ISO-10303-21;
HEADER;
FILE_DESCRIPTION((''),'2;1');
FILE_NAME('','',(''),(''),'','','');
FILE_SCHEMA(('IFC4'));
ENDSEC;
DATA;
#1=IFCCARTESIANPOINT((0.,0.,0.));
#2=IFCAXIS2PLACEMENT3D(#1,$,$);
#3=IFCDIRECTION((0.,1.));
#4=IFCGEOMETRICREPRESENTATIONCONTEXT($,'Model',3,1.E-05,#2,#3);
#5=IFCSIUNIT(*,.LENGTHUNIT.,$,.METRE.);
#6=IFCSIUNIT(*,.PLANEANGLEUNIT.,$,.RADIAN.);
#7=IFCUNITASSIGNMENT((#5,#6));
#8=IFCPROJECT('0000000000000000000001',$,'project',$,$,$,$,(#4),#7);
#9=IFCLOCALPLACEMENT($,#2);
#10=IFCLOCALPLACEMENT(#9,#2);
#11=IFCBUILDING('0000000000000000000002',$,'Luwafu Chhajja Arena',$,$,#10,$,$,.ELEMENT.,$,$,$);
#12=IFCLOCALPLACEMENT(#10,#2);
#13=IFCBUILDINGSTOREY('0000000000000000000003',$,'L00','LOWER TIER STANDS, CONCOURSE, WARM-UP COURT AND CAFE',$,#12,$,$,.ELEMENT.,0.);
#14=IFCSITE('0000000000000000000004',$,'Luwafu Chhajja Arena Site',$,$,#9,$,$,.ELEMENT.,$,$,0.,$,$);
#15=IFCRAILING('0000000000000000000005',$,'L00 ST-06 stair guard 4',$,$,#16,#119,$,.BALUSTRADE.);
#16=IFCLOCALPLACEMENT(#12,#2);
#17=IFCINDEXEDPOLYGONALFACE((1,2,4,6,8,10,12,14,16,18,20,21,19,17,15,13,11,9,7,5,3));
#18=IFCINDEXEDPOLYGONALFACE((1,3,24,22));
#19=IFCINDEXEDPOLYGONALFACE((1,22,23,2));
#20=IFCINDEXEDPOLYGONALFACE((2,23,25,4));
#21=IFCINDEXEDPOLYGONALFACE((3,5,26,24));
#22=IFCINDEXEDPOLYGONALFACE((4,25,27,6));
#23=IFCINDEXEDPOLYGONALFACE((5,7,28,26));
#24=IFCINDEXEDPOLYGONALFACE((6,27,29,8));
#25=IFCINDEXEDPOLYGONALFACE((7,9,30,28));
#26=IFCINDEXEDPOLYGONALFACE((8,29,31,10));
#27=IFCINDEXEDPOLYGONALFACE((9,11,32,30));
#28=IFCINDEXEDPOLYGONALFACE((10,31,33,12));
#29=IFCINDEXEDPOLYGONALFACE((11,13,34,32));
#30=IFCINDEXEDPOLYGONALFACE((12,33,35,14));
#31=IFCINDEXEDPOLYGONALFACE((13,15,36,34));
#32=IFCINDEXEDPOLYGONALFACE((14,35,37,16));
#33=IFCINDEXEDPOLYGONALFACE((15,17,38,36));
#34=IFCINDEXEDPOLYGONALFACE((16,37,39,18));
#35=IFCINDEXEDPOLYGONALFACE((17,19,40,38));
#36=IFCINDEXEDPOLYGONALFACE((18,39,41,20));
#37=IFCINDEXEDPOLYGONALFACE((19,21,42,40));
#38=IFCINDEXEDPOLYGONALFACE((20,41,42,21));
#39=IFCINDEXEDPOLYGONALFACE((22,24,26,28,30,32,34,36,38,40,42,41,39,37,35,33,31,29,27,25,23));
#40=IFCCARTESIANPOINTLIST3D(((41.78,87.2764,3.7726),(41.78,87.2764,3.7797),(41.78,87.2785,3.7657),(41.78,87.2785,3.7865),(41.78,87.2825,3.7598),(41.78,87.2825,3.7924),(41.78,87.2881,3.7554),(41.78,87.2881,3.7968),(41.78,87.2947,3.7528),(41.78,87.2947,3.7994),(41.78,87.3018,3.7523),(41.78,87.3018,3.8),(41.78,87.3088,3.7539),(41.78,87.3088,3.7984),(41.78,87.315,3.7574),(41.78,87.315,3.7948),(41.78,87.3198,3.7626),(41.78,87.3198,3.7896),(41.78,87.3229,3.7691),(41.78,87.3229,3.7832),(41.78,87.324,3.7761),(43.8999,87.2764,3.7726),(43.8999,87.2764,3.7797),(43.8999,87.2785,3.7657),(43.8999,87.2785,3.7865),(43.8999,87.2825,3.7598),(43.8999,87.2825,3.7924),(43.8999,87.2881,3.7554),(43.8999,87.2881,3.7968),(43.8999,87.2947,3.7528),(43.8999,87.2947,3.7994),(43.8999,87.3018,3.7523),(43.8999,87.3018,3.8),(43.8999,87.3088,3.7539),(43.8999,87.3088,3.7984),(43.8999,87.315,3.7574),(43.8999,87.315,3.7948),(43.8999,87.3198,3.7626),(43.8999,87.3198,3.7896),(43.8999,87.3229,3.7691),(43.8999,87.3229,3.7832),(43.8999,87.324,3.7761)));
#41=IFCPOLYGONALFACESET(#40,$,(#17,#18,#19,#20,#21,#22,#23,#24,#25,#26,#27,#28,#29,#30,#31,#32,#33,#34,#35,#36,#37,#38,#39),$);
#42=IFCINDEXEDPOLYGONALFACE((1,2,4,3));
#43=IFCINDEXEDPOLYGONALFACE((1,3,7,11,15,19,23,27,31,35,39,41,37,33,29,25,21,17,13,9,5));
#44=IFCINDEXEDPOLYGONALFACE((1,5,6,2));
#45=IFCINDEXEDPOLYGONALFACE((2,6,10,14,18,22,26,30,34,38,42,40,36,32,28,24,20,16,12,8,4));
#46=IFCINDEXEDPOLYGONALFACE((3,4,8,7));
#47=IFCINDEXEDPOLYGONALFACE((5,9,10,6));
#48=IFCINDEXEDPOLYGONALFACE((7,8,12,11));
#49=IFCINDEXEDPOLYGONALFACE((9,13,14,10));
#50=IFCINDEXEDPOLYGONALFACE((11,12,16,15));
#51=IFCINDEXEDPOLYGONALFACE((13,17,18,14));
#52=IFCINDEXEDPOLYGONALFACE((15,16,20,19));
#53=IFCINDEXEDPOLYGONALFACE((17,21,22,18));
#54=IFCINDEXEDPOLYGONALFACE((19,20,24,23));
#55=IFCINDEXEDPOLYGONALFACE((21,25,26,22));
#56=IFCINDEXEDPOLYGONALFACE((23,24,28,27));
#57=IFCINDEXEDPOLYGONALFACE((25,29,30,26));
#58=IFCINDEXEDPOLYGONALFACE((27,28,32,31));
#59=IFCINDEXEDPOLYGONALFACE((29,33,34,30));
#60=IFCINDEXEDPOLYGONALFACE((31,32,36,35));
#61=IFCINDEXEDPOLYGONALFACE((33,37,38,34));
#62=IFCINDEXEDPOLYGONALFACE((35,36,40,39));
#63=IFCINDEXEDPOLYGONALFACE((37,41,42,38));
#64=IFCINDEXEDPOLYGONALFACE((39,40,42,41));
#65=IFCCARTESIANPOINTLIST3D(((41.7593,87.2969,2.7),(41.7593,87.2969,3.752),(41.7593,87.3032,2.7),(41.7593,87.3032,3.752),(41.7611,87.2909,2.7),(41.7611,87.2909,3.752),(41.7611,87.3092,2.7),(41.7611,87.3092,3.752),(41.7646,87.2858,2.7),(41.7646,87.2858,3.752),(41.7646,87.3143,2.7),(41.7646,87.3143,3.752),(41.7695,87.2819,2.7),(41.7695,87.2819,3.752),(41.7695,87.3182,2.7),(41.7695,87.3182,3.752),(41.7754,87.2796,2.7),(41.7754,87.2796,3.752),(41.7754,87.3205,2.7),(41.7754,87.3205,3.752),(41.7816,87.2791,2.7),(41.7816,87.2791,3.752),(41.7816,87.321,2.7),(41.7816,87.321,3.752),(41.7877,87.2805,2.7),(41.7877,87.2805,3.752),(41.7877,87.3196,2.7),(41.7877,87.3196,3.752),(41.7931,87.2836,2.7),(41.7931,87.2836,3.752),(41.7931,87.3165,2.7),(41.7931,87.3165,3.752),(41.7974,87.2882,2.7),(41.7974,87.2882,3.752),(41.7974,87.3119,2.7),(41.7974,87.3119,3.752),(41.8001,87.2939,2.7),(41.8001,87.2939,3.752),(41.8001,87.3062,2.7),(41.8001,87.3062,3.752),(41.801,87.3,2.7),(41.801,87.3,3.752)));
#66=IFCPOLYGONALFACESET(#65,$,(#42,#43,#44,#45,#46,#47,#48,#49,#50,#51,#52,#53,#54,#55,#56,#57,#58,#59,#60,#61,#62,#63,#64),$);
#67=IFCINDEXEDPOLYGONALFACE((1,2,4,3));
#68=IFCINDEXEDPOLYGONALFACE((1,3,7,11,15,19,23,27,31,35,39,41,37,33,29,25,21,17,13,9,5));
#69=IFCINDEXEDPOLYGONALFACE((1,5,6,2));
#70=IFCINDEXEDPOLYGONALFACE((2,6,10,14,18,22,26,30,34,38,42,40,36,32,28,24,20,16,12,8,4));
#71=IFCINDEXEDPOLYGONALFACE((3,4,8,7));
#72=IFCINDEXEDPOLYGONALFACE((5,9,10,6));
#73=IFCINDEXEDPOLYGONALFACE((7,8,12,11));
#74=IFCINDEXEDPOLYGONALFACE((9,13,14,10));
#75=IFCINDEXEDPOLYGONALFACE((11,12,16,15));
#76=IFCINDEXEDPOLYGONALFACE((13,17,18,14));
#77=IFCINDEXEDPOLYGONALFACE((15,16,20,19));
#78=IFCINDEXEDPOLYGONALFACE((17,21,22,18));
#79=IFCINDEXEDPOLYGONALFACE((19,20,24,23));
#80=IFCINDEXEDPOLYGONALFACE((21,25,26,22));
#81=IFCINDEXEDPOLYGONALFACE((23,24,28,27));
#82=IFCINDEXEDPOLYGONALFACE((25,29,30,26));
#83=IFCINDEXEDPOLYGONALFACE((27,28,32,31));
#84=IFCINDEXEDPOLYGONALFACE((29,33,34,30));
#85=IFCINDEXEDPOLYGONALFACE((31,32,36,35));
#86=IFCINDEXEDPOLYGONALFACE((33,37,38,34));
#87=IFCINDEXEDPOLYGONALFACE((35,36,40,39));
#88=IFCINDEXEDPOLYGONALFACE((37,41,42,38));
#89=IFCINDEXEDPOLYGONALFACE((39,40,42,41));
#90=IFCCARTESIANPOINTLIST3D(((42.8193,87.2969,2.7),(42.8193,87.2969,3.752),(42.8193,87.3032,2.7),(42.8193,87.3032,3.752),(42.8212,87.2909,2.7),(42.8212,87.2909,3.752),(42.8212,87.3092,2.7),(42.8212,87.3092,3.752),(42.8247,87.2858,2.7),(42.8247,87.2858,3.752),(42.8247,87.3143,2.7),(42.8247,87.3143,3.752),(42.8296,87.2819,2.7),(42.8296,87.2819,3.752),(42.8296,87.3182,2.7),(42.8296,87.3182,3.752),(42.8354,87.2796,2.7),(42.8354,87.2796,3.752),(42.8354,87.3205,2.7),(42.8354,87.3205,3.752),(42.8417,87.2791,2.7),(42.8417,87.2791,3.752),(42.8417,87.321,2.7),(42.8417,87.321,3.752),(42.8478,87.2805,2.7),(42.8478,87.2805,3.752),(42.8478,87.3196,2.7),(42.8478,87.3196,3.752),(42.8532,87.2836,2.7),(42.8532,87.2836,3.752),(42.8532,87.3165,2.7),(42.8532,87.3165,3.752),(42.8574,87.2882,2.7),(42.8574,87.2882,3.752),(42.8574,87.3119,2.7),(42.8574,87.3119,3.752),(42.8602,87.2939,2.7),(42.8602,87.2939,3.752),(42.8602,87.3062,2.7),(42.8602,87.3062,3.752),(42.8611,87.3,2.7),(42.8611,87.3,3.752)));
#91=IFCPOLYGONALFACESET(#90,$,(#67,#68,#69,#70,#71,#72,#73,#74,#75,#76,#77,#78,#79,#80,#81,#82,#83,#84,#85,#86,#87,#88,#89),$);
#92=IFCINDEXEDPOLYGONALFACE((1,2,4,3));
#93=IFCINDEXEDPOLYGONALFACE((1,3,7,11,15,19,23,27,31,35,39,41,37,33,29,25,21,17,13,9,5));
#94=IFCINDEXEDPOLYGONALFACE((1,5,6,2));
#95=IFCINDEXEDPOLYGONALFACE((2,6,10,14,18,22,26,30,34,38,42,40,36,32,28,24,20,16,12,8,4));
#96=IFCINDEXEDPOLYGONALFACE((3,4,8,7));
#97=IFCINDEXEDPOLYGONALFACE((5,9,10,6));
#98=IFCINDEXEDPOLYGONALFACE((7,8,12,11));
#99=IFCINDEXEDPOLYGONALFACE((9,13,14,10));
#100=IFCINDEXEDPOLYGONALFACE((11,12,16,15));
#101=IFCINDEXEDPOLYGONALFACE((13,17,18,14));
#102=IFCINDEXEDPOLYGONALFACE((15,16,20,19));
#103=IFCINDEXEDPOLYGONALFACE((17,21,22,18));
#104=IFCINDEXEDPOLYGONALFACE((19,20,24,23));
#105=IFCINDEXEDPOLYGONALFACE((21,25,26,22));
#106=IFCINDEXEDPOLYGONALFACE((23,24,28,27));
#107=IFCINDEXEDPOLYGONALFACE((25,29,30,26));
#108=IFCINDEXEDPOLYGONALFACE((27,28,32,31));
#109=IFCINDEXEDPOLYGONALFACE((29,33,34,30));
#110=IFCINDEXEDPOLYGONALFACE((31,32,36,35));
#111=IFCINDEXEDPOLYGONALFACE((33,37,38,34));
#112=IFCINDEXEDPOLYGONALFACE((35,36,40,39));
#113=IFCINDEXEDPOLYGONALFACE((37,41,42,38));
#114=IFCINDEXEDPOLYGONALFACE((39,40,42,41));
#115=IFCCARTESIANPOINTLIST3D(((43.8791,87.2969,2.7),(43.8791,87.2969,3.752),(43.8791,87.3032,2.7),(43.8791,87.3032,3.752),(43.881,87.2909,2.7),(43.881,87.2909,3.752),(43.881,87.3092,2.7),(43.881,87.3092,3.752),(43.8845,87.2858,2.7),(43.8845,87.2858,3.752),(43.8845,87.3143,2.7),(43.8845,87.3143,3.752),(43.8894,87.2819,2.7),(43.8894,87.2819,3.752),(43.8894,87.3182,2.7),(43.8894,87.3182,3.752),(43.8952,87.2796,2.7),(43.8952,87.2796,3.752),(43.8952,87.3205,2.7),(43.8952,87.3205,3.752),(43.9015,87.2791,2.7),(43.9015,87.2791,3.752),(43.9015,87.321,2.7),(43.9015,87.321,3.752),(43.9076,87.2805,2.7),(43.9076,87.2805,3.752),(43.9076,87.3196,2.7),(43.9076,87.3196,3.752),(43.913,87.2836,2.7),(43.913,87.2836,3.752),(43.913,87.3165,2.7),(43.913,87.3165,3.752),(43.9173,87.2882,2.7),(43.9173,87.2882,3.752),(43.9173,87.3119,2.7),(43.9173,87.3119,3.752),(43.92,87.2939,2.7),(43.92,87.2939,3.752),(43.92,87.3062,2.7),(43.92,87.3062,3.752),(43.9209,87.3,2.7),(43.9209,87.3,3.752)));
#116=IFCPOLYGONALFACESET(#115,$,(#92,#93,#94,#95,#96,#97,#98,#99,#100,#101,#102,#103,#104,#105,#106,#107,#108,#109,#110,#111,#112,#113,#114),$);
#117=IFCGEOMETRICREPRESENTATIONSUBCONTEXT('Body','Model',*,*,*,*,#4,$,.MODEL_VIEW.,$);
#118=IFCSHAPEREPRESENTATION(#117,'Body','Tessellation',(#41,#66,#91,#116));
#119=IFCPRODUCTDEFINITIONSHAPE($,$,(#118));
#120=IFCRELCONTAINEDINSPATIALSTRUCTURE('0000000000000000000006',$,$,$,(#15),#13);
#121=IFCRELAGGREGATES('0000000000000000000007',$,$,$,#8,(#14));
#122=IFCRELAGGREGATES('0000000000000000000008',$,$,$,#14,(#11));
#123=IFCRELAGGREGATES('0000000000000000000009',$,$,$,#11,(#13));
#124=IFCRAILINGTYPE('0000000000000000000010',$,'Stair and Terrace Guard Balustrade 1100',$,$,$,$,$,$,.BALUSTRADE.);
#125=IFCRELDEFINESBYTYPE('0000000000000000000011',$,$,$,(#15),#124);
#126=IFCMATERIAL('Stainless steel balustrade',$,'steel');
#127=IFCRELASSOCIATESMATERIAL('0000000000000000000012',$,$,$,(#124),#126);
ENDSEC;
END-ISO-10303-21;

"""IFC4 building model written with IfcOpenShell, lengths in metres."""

from ifc_helpers import new_model, si_unit, direction, frame, origin, origin_2d, place, context, subcontext, project, spatial, circle, extrude, material, type_object, element, save


model = new_model("IFC4")

# Units and contexts
model_context = context("Model", 3, precision=1e-05, world=origin(), true_north=direction((0.0, 1.0)))
body_context = subcontext(model_context, "Body", "Model", "MODEL_VIEW")
ifc_project = project(units=[si_unit("LENGTHUNIT", "METRE"), si_unit("PLANEANGLEUNIT", "RADIAN")], contexts=[model_context])

# Site, building, storey
site_placement = place(None, origin())
site = spatial("IfcSite", under=ifc_project, at=site_placement, Name="Luwafu Chhajja Arena Site", CompositionType="ELEMENT", RefElevation=0.0)
building_placement = place(site_placement, origin())
building = spatial("IfcBuilding", under=site, at=building_placement, Name="Luwafu Chhajja Arena", CompositionType="ELEMENT")
storey_placement = place(building_placement, origin())
storey = spatial("IfcBuildingStorey", under=building, at=storey_placement, Name="L00", Description="LOWER TIER STANDS, CONCOURSE, WARM-UP COURT AND CAFE", CompositionType="ELEMENT", Elevation=0.0)

# Railing
ifc_material_1 = material(Name="Stainless steel balustrade", Category="steel")
railing_type_1 = type_object("IfcRailingType", Name="Stair and Terrace Guard Balustrade 1100", PredefinedType="BALUSTRADE", material=ifc_material_1)
for number, where, name in (
    (1, (41.78, 87.3, 2.7), "L00 ST-06 stair guard 4"),
):
    element("IfcRailing", number, at=place(storey_placement, frame(where)), inside=storey, type_object=railing_type_1, Name=name, PredefinedType="BALUSTRADE", context=body_context, shape_type="SweptSolid", body=[
        extrude(circle(Radius=0.0239, at=origin_2d()), frame((0.0, 0.0, 1.0762), z_axis=(1.0, 0.0, 0.0), x_axis=(0.0, 1.0, 0.0)), (0.0, 0.0, 1.0), 2.1199),
        extrude(circle(Radius=0.021, at=origin_2d()), origin(), (0.0, 0.0, 1.0), 1.052),
        extrude(circle(Radius=0.021, at=origin_2d()), frame((1.0601, 0.0, 0.0)), (0.0, 0.0, 1.0), 1.052),
        extrude(circle(Radius=0.021, at=origin_2d()), frame((2.1199, 0.0, 0.0)), (0.0, 0.0, 1.0), 1.052),
    ])

save(model, "model.ifc")
